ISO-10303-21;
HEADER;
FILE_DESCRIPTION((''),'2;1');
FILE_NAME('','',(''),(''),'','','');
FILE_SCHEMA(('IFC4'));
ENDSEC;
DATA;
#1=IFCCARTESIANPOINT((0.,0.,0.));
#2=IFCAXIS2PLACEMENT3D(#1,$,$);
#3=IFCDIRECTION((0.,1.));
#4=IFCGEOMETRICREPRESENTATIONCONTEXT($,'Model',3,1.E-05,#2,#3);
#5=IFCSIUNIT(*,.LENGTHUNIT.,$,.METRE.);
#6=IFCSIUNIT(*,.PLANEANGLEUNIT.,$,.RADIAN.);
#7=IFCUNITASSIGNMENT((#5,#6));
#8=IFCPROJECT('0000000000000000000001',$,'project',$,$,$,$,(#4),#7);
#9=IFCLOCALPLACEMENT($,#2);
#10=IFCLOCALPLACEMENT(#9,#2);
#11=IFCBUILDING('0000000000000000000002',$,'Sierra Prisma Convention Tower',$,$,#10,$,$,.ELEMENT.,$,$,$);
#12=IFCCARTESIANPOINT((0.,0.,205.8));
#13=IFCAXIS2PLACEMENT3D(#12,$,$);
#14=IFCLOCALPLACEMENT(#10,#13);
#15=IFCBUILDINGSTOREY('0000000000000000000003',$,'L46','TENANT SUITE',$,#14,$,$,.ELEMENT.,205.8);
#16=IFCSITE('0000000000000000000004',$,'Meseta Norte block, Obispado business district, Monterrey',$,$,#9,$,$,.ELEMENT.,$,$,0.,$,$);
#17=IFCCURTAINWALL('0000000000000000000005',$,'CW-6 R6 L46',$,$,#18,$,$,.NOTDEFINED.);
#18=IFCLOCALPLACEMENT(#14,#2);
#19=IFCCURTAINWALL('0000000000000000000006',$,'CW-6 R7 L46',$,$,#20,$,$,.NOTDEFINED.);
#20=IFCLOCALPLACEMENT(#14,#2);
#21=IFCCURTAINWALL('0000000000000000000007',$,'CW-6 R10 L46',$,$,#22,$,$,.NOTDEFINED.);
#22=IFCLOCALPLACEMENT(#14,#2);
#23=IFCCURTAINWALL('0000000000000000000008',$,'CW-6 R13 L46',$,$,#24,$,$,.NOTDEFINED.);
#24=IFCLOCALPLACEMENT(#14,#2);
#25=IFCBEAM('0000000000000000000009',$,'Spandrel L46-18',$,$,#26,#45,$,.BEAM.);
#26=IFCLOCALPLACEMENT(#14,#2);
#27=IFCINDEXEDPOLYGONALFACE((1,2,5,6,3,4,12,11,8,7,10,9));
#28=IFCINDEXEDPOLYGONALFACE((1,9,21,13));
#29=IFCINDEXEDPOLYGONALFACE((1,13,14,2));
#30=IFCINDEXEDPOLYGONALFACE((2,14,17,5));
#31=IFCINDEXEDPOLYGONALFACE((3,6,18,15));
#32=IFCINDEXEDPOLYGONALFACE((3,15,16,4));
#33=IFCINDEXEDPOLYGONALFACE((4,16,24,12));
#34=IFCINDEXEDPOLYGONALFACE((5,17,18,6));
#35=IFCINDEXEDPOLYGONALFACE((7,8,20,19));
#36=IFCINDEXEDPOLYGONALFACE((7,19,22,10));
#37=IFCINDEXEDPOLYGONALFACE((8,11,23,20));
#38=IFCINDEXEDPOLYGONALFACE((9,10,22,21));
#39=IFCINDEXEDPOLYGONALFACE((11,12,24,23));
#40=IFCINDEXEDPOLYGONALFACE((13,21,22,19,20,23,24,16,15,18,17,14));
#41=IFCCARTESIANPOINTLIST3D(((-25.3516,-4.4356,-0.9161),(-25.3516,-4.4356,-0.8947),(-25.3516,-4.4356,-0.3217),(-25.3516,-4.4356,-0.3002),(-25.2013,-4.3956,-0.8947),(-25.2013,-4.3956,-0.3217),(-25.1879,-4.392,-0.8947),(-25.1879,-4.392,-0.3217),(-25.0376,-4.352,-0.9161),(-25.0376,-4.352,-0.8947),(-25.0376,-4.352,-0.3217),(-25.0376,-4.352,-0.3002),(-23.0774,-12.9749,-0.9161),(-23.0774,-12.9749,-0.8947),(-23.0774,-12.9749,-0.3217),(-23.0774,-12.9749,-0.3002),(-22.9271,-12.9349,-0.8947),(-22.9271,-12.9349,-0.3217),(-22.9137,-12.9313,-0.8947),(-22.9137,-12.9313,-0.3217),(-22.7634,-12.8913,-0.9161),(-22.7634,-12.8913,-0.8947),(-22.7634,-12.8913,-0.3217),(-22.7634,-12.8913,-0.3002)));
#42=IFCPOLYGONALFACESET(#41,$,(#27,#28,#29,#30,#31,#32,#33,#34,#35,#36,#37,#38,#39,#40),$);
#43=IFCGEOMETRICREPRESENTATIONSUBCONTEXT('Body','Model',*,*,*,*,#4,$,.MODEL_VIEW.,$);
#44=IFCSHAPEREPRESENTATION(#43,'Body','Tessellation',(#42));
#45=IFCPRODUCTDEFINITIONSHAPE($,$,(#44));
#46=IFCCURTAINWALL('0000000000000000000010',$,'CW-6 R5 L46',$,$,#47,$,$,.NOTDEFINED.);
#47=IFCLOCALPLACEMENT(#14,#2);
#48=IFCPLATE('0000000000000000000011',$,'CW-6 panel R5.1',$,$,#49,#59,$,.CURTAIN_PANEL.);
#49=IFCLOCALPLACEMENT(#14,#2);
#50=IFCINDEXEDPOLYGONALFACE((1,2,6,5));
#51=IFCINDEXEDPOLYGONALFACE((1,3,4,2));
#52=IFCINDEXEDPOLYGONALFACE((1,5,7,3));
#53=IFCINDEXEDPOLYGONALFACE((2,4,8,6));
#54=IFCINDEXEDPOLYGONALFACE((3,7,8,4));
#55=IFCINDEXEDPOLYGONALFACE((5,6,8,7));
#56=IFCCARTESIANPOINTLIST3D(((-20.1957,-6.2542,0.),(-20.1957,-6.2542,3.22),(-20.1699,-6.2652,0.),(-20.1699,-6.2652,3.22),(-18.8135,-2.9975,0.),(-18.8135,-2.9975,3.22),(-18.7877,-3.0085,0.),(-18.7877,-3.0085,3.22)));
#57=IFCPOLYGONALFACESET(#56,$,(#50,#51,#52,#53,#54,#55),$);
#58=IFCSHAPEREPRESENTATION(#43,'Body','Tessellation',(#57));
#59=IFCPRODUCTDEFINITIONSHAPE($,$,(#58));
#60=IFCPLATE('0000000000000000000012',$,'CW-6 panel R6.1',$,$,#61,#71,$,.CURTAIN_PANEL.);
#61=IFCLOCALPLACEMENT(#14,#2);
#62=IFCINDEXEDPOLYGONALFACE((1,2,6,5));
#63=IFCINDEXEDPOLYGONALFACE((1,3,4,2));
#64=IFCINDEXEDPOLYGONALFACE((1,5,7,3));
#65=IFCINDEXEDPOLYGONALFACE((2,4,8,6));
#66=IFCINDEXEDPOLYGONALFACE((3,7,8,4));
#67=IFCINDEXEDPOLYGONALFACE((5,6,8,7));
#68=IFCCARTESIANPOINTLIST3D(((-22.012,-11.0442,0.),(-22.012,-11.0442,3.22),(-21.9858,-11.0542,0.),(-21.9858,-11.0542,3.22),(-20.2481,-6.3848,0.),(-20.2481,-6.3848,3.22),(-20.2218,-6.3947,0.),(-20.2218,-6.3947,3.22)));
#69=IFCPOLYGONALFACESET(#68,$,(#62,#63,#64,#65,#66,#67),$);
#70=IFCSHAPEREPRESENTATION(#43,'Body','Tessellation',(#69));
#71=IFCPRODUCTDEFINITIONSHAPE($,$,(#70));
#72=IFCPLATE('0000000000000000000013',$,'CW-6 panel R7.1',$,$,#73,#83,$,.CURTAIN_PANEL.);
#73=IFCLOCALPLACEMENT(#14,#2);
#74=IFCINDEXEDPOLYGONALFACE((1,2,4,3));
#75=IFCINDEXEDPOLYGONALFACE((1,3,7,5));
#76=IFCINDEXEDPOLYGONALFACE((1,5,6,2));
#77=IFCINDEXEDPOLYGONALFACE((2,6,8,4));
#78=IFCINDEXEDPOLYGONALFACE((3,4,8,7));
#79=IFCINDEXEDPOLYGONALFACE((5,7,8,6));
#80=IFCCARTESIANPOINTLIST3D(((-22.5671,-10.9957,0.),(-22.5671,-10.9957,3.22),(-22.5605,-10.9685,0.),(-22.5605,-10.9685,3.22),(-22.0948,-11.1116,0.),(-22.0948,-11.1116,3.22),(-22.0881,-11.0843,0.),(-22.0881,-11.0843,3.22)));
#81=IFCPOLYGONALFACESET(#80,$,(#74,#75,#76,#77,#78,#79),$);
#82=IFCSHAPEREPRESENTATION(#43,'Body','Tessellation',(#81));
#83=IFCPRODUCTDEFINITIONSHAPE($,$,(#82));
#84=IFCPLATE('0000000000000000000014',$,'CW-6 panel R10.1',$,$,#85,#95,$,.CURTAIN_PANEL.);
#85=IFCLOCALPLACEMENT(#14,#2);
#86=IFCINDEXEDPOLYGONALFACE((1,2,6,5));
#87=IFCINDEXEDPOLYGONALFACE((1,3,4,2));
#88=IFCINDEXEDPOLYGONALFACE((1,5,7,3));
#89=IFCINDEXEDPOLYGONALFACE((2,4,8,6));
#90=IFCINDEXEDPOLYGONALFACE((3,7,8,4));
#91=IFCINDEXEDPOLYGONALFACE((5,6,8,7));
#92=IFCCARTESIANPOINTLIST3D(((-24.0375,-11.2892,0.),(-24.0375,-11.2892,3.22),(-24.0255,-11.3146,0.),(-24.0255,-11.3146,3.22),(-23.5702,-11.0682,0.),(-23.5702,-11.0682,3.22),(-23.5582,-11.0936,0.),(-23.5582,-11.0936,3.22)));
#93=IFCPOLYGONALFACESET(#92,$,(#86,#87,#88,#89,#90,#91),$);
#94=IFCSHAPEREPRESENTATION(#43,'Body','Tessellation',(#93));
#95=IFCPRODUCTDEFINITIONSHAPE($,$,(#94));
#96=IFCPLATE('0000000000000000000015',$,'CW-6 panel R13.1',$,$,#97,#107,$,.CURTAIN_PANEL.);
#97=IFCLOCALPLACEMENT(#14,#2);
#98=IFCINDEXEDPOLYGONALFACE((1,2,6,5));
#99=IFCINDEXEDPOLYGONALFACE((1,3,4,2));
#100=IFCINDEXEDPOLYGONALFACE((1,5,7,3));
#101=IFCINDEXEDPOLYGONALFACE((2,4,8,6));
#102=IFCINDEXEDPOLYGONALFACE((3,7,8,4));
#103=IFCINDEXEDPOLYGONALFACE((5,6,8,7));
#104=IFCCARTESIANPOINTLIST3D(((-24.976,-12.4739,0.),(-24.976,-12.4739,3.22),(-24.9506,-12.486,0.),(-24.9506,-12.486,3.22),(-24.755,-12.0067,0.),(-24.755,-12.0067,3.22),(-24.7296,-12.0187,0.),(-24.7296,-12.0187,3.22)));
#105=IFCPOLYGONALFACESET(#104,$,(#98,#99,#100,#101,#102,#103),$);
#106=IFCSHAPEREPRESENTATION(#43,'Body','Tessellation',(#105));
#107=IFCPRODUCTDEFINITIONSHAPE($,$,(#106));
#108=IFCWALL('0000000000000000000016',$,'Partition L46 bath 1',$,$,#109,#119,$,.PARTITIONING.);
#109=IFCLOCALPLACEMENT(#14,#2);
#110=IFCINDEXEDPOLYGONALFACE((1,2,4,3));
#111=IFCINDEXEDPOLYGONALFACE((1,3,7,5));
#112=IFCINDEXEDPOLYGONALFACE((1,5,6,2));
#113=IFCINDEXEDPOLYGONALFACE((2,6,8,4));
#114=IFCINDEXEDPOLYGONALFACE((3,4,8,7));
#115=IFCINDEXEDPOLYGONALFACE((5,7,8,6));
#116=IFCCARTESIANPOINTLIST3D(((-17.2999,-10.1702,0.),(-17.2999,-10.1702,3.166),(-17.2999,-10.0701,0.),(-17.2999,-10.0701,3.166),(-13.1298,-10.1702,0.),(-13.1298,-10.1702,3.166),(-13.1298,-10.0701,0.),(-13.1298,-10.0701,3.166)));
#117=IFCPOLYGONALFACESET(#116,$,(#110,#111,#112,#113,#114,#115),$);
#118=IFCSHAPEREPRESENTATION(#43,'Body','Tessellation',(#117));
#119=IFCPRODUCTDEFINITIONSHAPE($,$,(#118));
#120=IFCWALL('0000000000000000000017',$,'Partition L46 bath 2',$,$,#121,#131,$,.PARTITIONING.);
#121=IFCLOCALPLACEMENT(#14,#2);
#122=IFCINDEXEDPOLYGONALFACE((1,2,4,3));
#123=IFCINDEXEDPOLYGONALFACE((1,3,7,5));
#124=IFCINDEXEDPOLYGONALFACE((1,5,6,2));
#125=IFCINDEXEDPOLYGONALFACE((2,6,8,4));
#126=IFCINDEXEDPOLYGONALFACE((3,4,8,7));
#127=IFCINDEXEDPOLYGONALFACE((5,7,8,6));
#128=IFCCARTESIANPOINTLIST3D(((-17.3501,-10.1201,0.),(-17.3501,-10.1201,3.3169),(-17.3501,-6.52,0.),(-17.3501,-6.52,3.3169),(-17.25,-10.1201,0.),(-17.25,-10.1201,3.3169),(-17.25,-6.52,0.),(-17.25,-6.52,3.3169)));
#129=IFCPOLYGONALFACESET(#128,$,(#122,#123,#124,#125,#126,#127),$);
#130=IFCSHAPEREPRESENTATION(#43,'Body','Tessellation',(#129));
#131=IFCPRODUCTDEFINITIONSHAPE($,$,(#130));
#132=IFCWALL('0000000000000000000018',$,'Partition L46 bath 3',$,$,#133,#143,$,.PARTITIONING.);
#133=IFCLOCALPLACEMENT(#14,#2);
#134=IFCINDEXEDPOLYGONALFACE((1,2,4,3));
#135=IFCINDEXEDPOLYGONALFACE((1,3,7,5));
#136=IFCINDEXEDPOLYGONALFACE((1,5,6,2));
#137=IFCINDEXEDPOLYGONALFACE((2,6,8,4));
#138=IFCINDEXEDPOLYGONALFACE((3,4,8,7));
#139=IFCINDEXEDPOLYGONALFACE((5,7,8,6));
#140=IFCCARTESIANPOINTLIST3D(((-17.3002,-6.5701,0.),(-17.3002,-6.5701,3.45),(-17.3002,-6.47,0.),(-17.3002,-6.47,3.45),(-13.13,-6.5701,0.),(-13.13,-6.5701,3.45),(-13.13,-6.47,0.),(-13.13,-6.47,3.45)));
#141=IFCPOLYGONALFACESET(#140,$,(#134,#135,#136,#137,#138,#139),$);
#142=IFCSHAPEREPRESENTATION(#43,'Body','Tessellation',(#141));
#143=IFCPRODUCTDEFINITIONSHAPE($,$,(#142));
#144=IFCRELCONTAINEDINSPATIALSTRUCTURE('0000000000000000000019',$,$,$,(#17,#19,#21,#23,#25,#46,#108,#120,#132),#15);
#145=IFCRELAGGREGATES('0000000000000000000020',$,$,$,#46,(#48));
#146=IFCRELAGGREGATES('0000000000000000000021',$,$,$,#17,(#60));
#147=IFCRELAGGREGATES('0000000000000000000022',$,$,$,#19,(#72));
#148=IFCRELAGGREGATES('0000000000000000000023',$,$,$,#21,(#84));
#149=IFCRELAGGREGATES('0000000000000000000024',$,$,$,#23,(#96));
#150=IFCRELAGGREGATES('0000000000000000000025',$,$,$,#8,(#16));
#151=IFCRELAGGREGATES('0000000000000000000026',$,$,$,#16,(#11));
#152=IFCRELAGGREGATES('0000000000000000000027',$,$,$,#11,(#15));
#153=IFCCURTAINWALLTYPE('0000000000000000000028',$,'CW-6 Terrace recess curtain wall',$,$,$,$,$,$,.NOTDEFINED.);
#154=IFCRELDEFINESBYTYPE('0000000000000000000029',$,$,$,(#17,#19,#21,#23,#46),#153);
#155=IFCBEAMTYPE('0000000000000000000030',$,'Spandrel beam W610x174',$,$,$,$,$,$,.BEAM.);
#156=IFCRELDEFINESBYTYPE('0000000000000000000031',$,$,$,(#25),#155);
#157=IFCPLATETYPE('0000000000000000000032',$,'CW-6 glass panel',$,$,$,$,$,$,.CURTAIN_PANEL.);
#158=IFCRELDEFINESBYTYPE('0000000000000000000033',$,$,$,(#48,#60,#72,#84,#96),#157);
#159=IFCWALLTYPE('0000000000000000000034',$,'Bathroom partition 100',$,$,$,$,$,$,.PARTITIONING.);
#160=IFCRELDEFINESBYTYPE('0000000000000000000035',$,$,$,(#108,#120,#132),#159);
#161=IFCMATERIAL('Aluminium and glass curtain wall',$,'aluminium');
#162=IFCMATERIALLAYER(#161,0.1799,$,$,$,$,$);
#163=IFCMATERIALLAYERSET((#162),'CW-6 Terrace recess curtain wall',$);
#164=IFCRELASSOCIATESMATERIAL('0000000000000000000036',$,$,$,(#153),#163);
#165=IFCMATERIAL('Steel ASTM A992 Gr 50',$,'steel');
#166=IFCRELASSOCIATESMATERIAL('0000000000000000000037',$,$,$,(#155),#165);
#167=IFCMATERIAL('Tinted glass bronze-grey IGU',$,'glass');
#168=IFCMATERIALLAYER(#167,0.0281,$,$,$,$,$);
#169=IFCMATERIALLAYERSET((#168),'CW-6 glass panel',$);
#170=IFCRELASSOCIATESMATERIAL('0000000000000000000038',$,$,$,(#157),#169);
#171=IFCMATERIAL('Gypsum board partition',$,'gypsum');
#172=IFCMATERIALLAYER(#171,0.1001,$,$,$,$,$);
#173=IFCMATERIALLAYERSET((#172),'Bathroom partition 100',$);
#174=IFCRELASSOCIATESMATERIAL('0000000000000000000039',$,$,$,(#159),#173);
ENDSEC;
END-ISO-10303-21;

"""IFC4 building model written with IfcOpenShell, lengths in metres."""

from ifc_helpers import new_model, si_unit, direction, frame, frame_2d, origin, origin_2d, place, context, subcontext, project, spatial, rectangle, i_section, extrude, material, layer, layer_set, material_profile, profile_set, type_object, element, aggregate, save


model = new_model("IFC4")

# Units and contexts
model_context = context("Model", 3, precision=1e-05, world=origin(), true_north=direction((0.0, 1.0)))
body_context = subcontext(model_context, "Body", "Model", "MODEL_VIEW")
ifc_project = project(units=[si_unit("LENGTHUNIT", "METRE"), si_unit("PLANEANGLEUNIT", "RADIAN")], contexts=[model_context])

# Site, building, storey
site_placement = place(None, origin())
site = spatial("IfcSite", under=ifc_project, at=site_placement, Name="Meseta Norte block, Obispado business district, Monterrey", CompositionType="ELEMENT", RefElevation=0.0)
building_placement = place(site_placement, origin())
building = spatial("IfcBuilding", under=site, at=building_placement, Name="Sierra Prisma Convention Tower", CompositionType="ELEMENT")
storey_placement = place(building_placement, frame((0.0, 0.0, 205.8)))
storey = spatial("IfcBuildingStorey", under=building, at=storey_placement, Name="L46", Description="TENANT SUITE", CompositionType="ELEMENT", Elevation=205.8)

# Curtain walls
ifc_material_1 = material(Name="Aluminium and glass curtain wall", Category="aluminium")
ifc_layer_1 = layer(ifc_material_1, 0.1799)
ifc_layer_set_1 = layer_set([ifc_layer_1], Name="CW-6 Terrace recess curtain wall")
curtain_wall_type = type_object("IfcCurtainWallType", Name="CW-6 Terrace recess curtain wall", PredefinedType="NOTDEFINED", material=ifc_layer_set_1)
curtain_wall_1_placement = place(storey_placement, origin())
curtain_wall_1 = element("IfcCurtainWall", 1, at=curtain_wall_1_placement, inside=storey, type_object=curtain_wall_type, Name="CW-6 R6 L46", PredefinedType="NOTDEFINED")
curtain_wall_2_placement = place(storey_placement, origin())
curtain_wall_2 = element("IfcCurtainWall", 2, at=curtain_wall_2_placement, inside=storey, type_object=curtain_wall_type, Name="CW-6 R7 L46", PredefinedType="NOTDEFINED")
curtain_wall_3_placement = place(storey_placement, origin())
curtain_wall_3 = element("IfcCurtainWall", 3, at=curtain_wall_3_placement, inside=storey, type_object=curtain_wall_type, Name="CW-6 R10 L46", PredefinedType="NOTDEFINED")
curtain_wall_4_placement = place(storey_placement, origin())
curtain_wall_4 = element("IfcCurtainWall", 4, at=curtain_wall_4_placement, inside=storey, type_object=curtain_wall_type, Name="CW-6 R13 L46", PredefinedType="NOTDEFINED")

# Beam
ifc_material_2 = material(Name="Steel ASTM A992 Gr 50", Category="steel")
ifc_material_profile_1 = material_profile(ifc_material_2, i_section(OverallWidth=0.325, OverallDepth=0.616, WebThickness=0.0139, FlangeThickness=0.0215, at=origin_2d()), Name="W610x174")
ifc_profile_set_1 = profile_set([ifc_material_profile_1], Name="Steel ASTM A992 Gr 50")
beam_type_1 = type_object("IfcBeamType", Name="Spandrel beam W610x174", PredefinedType="BEAM", material=ifc_profile_set_1)
beam_1_placement = place(storey_placement, frame((-25.1946, -4.3938, -0.6082), z_axis=(0.257348, -0.966319, 0.0), x_axis=(0.966319, 0.257348, 0.0)))
element("IfcBeam", 5, at=beam_1_placement, inside=storey, type_object=beam_type_1, Name="Spandrel L46-18", PredefinedType="BEAM", context=body_context, shape_type="SweptSolid", body=[
    extrude(i_section(OverallWidth=0.325, OverallDepth=0.616, WebThickness=0.0139, FlangeThickness=0.0215, at=origin_2d()), origin(), (0.0, 0.0, 1.0), 8.8369),
])

# Curtain wall, plate
curtain_wall_5_placement = place(storey_placement, origin())
curtain_wall_5 = element("IfcCurtainWall", 6, at=curtain_wall_5_placement, inside=storey, type_object=curtain_wall_type, Name="CW-6 R5 L46", PredefinedType="NOTDEFINED")
ifc_material_3 = material(Name="Tinted glass bronze-grey IGU", Category="glass")
ifc_layer_2 = layer(ifc_material_3, 0.0281)
ifc_layer_set_2 = layer_set([ifc_layer_2], Name="CW-6 glass panel")
plate_type = type_object("IfcPlateType", Name="CW-6 glass panel", PredefinedType="CURTAIN_PANEL", material=ifc_layer_set_2)
plate_1_placement = place(storey_placement, frame((-19.4917, -4.6313, 0.0), z_axis=(0.0, 0.0, 1.0), x_axis=(-0.39069, -0.920522, 0.0)))
plate_1 = element("IfcPlate", 7, at=plate_1_placement, type_object=plate_type, Name="CW-6 panel R5.1", PredefinedType="CURTAIN_PANEL", context=body_context, shape_type="SweptSolid", body=[
    extrude(rectangle(XDim=3.5378, YDim=0.0281, at=origin_2d()), origin(), (0.0, 0.0, 1.0), 3.22),
])
aggregate(curtain_wall_5, [plate_1])

# Plates
plate_2_placement = place(storey_placement, frame((-21.1169, -8.7195, 0.0), z_axis=(0.0, 0.0, 1.0), x_axis=(-0.354048, -0.935227, 0.0)))
plate_2 = element("IfcPlate", 8, at=plate_2_placement, type_object=plate_type, Name="CW-6 panel R6.1", PredefinedType="CURTAIN_PANEL", context=body_context, shape_type="SweptSolid", body=[
    extrude(rectangle(XDim=4.9822, YDim=0.0281, at=origin_2d()), origin(), (0.0, 0.0, 1.0), 3.22),
])
aggregate(curtain_wall_1, [plate_2])
plate_3_placement = place(storey_placement, frame((-22.3276, -11.04, 0.0), z_axis=(0.0, 0.0, 1.0), x_axis=(-0.971193, 0.238294, 0.0)))
plate_3 = element("IfcPlate", 9, at=plate_3_placement, type_object=plate_type, Name="CW-6 panel R7.1", PredefinedType="CURTAIN_PANEL", context=body_context, shape_type="SweptSolid", body=[
    extrude(rectangle(XDim=0.4863, YDim=0.0281, at=origin_2d()), origin(), (0.0, 0.0, 1.0), 3.22),
])
aggregate(curtain_wall_2, [plate_3])
plate_4_placement = place(storey_placement, frame((-23.7979, -11.1914, 0.0), z_axis=(0.0, 0.0, 1.0), x_axis=(-0.903989, -0.427555, 0.0)))
plate_4 = element("IfcPlate", 10, at=plate_4_placement, type_object=plate_type, Name="CW-6 panel R10.1", PredefinedType="CURTAIN_PANEL", context=body_context, shape_type="SweptSolid", body=[
    extrude(rectangle(XDim=0.5168, YDim=0.0281, at=origin_2d()), origin(), (0.0, 0.0, 1.0), 3.22),
])
aggregate(curtain_wall_3, [plate_4])
plate_5_placement = place(storey_placement, frame((-24.8528, -12.2463, 0.0), z_axis=(0.0, 0.0, 1.0), x_axis=(-0.427555, -0.903989, 0.0)))
plate_5 = element("IfcPlate", 11, at=plate_5_placement, type_object=plate_type, Name="CW-6 panel R13.1", PredefinedType="CURTAIN_PANEL", context=body_context, shape_type="SweptSolid", body=[
    extrude(rectangle(XDim=0.5168, YDim=0.0281, at=origin_2d()), origin(), (0.0, 0.0, 1.0), 3.22),
])
aggregate(curtain_wall_4, [plate_5])

# Walls
ifc_material_4 = material(Name="Gypsum board partition", Category="gypsum")
ifc_layer_3 = layer(ifc_material_4, 0.1001)
ifc_layer_set_3 = layer_set([ifc_layer_3], Name="Bathroom partition 100")
wall_type_1 = type_object("IfcWallType", Name="Bathroom partition 100", PredefinedType="PARTITIONING", material=ifc_layer_set_3)
wall_1_placement = place(storey_placement, frame((-13.1299, -10.1201, 0.0), z_axis=(0.0, 0.0, 1.0), x_axis=(-1.0, 0.0, 0.0)))
element("IfcWall", 12, at=wall_1_placement, inside=storey, type_object=wall_type_1, Name="Partition L46 bath 1", PredefinedType="PARTITIONING", context=body_context, shape_type="SweptSolid", body=[
    extrude(rectangle(XDim=4.1702, YDim=0.1001, at=frame_2d((2.085, 0.0))), origin(), (0.0, 0.0, 1.0), 3.166),
])
wall_2_placement = place(storey_placement, frame((-17.3, -10.1201, 0.0), z_axis=(0.0, 0.0, 1.0), x_axis=(0.0, 1.0, 0.0)))
element("IfcWall", 13, at=wall_2_placement, inside=storey, type_object=wall_type_1, Name="Partition L46 bath 2", PredefinedType="PARTITIONING", context=body_context, shape_type="SweptSolid", body=[
    extrude(rectangle(XDim=3.6001, YDim=0.1001, at=frame_2d((1.8, 0.0))), origin(), (0.0, 0.0, 1.0), 3.3169),
])
wall_3_placement = place(storey_placement, frame((-17.3, -6.52, 0.0), z_axis=(0.0, 0.0, 1.0), x_axis=(1.0, 0.0, 0.0)))
element("IfcWall", 14, at=wall_3_placement, inside=storey, type_object=wall_type_1, Name="Partition L46 bath 3", PredefinedType="PARTITIONING", context=body_context, shape_type="SweptSolid", body=[
    extrude(rectangle(XDim=4.1702, YDim=0.1001, at=frame_2d((2.085, 0.0))), origin(), (0.0, 0.0, 1.0), 3.45),
])

save(model, "model.ifc")
